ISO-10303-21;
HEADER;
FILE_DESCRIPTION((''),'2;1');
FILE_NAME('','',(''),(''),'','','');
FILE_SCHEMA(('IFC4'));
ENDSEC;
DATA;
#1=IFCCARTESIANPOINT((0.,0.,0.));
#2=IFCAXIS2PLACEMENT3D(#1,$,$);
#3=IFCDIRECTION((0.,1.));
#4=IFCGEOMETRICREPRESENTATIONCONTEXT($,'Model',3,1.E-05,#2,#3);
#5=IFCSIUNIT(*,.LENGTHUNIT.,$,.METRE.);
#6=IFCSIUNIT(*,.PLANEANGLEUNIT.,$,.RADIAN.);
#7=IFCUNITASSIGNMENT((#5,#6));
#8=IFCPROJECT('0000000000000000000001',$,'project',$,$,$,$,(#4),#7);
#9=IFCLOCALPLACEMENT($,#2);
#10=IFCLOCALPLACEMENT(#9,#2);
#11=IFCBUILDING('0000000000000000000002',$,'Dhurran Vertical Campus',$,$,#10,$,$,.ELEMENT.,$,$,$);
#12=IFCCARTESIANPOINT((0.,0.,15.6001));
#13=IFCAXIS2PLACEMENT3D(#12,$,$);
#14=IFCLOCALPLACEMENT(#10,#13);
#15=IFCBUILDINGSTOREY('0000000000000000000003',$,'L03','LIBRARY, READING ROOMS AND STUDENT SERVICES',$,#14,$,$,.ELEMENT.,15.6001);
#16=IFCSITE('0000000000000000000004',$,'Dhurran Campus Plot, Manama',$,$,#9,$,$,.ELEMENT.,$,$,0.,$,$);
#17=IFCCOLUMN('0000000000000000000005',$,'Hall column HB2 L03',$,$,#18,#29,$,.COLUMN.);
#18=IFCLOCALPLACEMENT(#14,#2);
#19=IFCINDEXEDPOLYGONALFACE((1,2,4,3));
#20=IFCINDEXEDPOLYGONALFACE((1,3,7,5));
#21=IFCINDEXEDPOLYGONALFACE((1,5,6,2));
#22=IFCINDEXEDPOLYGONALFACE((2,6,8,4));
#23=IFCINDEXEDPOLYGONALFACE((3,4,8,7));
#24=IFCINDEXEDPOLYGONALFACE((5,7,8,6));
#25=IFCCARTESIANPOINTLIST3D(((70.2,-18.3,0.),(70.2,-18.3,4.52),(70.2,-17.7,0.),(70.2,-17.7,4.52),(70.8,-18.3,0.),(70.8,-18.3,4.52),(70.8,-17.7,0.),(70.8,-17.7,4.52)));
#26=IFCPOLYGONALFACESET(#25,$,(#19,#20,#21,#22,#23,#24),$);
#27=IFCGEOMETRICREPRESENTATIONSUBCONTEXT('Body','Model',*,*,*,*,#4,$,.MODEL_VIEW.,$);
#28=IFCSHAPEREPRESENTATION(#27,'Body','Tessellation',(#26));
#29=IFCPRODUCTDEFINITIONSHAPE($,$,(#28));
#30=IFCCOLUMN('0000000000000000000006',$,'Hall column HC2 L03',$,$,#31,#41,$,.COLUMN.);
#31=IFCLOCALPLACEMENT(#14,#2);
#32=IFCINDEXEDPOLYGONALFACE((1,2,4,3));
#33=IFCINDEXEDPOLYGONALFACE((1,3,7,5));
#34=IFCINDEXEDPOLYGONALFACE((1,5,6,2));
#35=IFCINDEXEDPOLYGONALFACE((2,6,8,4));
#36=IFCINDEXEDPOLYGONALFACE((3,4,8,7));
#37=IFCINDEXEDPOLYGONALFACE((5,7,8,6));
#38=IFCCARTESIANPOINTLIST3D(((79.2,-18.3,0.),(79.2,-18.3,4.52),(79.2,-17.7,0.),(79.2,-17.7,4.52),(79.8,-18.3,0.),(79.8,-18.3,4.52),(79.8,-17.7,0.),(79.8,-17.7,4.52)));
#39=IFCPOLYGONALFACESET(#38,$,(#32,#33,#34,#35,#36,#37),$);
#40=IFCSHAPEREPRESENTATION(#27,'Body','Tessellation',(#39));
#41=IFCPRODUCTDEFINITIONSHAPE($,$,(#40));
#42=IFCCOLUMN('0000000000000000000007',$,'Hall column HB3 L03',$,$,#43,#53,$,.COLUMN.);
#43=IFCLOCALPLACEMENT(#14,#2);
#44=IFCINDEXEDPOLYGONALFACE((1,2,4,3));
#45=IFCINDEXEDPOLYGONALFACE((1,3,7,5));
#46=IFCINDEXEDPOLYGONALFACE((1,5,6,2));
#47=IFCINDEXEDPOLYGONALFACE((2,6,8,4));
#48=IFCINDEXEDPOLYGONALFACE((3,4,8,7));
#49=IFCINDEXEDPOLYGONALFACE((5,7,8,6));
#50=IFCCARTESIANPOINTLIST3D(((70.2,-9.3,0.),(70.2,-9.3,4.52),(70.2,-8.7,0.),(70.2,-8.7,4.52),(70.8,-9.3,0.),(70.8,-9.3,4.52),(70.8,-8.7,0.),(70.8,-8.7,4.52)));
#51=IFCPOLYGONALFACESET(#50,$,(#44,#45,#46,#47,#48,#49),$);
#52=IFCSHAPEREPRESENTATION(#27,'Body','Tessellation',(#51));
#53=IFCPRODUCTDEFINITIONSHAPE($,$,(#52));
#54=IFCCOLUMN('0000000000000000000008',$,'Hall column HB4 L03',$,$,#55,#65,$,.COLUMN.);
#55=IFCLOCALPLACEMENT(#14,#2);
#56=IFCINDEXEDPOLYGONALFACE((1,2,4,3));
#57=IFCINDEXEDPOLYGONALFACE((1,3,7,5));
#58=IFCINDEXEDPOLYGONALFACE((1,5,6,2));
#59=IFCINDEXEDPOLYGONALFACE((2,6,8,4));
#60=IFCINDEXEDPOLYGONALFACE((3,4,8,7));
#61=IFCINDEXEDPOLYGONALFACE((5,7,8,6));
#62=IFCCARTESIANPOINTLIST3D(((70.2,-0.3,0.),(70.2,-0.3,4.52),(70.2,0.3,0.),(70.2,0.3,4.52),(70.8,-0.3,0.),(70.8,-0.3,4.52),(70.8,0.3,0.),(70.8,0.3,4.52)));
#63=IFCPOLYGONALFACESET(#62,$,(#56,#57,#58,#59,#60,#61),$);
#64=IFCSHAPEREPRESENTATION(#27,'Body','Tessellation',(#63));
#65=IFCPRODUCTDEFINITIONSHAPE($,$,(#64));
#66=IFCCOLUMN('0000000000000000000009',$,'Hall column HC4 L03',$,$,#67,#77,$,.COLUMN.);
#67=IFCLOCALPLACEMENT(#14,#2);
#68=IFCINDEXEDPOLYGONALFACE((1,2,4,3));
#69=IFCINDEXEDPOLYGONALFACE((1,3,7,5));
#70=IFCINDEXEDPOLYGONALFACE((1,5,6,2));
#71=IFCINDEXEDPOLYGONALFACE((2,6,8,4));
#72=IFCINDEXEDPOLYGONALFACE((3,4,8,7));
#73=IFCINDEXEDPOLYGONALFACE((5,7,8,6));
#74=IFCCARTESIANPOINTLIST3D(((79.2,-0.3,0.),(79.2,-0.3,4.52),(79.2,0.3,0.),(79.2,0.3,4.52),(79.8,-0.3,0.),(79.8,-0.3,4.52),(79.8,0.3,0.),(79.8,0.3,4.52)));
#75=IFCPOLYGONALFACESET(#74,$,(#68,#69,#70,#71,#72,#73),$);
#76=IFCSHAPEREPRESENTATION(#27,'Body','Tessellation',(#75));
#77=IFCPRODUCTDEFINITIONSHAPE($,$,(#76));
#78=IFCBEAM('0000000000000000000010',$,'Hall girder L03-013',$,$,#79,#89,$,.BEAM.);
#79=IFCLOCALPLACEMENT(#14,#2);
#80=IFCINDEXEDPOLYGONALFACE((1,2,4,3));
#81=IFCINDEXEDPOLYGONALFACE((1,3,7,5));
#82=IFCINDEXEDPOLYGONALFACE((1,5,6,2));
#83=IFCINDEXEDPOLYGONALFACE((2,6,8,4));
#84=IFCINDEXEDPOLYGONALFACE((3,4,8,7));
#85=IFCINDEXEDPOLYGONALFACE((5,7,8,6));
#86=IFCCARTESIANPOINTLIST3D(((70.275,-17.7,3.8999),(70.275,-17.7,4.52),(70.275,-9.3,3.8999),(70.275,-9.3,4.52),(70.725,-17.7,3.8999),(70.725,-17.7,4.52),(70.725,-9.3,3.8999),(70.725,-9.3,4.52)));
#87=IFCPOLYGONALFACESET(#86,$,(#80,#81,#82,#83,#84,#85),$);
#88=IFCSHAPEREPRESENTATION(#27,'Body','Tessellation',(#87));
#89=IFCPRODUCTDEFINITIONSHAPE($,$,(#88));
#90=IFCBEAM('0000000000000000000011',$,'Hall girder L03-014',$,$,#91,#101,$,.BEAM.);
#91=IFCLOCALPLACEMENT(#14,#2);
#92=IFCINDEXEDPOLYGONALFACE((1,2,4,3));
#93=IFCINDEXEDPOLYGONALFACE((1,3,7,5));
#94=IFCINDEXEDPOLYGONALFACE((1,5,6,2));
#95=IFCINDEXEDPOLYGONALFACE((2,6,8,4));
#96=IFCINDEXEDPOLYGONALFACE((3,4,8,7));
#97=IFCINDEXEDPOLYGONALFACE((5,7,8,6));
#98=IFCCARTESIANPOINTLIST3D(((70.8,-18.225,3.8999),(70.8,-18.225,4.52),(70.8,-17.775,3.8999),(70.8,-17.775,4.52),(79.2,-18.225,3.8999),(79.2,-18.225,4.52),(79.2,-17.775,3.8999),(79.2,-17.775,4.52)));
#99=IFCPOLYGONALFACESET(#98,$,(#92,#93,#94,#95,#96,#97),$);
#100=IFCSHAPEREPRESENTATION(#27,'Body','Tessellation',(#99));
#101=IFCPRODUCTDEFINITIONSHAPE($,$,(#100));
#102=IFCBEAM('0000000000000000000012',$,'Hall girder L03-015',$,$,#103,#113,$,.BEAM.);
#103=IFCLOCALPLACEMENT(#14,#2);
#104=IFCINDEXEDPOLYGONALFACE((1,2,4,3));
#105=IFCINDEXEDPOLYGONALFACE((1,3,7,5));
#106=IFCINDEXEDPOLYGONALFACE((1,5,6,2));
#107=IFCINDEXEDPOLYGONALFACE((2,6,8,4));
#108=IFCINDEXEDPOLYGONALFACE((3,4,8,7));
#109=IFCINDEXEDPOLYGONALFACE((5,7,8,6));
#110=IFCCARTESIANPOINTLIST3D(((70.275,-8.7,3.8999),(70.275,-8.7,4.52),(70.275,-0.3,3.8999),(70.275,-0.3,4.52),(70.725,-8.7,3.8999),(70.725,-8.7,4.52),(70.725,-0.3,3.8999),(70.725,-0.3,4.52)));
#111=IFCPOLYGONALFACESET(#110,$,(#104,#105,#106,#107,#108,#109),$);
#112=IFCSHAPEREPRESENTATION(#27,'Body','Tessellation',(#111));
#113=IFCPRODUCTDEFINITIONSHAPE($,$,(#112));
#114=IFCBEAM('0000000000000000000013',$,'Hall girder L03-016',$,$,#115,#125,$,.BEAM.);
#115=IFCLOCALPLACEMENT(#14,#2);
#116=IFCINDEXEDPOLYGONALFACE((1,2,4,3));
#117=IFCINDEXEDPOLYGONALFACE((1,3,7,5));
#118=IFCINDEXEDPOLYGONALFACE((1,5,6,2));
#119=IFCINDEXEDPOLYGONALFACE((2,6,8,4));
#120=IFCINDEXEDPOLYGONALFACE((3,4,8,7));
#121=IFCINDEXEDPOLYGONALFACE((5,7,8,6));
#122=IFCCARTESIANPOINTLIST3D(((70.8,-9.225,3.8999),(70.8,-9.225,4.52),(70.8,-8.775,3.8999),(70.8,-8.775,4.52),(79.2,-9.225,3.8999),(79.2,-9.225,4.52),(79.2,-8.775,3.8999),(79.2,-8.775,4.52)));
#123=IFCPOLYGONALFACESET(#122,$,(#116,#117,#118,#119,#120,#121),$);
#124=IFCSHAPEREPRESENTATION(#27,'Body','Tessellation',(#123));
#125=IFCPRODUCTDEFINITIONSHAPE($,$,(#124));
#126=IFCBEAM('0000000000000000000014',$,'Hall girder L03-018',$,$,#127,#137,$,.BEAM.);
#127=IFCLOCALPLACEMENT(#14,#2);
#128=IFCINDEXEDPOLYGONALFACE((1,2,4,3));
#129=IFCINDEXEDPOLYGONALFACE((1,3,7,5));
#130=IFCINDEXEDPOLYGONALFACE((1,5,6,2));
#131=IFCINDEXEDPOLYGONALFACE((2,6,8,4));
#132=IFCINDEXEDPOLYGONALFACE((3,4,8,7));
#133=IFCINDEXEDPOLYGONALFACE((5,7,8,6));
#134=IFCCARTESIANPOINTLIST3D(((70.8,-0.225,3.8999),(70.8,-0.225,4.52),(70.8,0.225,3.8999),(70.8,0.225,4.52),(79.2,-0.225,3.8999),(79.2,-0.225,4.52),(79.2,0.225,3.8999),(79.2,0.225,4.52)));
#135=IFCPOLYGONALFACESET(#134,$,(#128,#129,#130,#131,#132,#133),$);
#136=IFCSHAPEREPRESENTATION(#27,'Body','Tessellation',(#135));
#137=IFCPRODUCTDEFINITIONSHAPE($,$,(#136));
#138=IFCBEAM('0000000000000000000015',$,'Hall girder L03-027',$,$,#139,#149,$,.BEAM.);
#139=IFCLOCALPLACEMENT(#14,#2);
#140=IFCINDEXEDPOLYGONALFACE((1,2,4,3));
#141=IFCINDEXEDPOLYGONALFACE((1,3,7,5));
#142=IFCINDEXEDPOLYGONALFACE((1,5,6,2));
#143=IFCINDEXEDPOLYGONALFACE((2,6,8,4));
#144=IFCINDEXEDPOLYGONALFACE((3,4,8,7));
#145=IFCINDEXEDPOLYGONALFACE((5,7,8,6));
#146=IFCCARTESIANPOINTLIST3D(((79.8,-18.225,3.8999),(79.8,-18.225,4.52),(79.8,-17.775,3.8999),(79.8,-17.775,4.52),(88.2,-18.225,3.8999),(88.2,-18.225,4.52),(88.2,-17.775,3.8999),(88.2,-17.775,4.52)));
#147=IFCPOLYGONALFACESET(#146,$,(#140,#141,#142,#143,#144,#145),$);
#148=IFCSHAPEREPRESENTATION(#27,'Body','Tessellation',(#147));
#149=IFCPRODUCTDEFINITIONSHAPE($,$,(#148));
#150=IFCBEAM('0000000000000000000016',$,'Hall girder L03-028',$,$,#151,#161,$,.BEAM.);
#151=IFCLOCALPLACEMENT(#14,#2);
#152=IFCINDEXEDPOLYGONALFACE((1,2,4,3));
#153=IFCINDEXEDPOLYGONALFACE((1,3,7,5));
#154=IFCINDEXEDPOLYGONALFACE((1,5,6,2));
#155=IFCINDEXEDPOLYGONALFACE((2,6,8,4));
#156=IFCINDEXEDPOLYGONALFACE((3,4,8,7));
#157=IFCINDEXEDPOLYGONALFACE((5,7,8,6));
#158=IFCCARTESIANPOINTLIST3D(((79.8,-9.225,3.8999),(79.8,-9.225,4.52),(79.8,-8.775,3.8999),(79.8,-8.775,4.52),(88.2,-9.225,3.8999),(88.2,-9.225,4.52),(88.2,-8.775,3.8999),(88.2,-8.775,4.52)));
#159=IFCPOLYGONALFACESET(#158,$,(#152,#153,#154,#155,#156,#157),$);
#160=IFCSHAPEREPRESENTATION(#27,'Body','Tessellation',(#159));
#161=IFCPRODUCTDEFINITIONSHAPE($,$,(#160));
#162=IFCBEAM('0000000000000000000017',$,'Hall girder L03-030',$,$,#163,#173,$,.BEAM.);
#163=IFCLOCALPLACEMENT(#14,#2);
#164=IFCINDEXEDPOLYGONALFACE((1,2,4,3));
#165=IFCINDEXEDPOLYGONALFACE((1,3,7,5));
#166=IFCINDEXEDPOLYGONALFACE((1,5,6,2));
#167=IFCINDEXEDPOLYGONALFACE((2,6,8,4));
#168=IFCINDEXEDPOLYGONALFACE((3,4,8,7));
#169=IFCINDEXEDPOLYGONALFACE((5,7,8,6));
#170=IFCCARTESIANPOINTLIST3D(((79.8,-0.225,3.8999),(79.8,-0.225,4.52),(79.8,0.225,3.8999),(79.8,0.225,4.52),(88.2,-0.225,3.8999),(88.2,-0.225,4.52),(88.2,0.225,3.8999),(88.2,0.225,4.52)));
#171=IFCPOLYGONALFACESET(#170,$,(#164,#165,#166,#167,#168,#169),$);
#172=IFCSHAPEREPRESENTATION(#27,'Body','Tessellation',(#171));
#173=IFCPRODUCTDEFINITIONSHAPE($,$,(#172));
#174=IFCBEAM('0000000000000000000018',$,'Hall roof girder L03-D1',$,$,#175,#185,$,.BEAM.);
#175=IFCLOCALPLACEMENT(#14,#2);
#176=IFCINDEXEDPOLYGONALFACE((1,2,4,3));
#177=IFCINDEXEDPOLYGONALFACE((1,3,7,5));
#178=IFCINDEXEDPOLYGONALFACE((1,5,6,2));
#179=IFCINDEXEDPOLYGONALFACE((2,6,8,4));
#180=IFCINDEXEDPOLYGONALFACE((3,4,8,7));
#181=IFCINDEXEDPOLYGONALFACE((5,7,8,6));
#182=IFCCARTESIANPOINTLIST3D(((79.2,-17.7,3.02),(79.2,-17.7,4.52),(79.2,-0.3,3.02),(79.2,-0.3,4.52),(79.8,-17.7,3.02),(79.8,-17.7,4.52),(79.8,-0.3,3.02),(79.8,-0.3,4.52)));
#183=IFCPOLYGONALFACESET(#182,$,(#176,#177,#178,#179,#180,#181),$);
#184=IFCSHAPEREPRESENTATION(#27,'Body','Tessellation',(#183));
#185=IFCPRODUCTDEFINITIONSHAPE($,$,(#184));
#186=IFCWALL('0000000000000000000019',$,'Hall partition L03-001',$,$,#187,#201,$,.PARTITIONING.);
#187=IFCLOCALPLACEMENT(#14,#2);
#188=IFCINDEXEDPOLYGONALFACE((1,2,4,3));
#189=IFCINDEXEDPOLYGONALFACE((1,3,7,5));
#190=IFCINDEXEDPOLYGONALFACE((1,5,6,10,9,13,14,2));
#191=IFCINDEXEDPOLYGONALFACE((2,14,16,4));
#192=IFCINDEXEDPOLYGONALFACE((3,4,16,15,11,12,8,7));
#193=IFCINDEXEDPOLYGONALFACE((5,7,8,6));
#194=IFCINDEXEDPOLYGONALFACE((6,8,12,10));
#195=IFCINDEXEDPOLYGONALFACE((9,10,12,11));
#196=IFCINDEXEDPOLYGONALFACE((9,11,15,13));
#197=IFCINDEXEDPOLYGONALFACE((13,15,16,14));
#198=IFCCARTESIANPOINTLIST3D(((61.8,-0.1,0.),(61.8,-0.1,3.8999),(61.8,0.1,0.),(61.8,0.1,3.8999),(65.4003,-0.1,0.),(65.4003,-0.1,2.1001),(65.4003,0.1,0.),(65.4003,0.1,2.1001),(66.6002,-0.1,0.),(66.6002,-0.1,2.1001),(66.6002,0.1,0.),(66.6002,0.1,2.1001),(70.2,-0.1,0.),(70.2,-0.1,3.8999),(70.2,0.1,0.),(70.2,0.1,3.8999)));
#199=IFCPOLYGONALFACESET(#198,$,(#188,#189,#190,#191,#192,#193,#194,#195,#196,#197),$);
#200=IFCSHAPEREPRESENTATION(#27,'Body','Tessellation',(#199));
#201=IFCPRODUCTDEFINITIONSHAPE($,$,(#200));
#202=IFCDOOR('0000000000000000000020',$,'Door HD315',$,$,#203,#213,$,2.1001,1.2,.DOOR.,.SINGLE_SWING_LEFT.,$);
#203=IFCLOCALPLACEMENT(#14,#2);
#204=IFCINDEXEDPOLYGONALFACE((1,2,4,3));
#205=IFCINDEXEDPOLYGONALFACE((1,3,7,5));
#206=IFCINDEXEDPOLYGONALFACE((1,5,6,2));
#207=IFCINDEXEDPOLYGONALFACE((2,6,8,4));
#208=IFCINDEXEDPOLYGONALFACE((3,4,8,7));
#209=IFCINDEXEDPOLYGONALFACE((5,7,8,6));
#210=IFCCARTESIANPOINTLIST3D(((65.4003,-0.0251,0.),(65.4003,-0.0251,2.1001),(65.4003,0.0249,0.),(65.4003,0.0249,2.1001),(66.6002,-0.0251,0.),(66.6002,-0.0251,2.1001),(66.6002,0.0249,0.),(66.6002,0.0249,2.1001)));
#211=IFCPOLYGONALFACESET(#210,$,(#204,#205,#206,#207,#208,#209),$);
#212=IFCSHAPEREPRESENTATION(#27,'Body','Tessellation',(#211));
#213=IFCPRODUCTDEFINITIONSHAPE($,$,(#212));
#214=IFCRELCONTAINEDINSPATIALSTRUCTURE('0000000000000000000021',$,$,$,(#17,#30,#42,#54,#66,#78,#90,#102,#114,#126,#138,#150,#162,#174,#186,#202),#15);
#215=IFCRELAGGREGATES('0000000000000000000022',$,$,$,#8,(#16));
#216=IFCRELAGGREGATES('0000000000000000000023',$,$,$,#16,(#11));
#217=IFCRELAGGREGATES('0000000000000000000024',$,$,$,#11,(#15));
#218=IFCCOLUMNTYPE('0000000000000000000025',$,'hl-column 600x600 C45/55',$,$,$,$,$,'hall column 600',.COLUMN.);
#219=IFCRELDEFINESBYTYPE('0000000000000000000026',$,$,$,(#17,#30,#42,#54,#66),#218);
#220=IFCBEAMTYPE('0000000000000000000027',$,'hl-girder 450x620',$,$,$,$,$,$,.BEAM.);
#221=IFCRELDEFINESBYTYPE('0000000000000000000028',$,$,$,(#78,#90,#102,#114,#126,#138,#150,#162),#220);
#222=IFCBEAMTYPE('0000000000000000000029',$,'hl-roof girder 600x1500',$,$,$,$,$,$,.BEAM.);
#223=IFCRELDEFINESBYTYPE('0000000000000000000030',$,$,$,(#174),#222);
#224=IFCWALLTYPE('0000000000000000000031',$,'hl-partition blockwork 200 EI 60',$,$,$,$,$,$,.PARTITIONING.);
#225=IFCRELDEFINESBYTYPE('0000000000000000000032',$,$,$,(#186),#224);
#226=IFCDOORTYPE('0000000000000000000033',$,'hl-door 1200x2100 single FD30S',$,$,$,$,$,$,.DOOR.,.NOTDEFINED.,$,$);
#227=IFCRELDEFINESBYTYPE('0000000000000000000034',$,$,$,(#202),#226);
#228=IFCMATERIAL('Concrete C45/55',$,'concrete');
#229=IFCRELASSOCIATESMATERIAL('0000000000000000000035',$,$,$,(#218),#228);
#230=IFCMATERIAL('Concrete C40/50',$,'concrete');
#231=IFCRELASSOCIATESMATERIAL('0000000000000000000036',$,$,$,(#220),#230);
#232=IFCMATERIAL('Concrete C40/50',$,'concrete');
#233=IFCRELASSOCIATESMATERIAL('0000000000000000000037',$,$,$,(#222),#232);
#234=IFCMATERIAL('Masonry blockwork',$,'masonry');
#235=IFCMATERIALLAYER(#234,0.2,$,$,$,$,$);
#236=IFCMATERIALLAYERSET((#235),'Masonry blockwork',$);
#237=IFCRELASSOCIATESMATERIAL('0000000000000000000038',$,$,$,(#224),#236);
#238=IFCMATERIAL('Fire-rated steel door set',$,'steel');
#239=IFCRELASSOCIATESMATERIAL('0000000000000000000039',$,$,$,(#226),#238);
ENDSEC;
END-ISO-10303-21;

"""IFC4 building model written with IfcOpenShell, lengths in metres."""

from ifc_helpers import new_model, si_unit, direction, frame, frame_2d, origin, origin_2d, place, context, subcontext, project, spatial, rectangle, extrude, material, layer, layer_set, material_profile, profile_set, type_object, element, fill, save


model = new_model("IFC4")

# Units and contexts
model_context = context("Model", 3, precision=1e-05, world=origin(), true_north=direction((0.0, 1.0)))
body_context = subcontext(model_context, "Body", "Model", "MODEL_VIEW")
ifc_project = project(units=[si_unit("LENGTHUNIT", "METRE"), si_unit("PLANEANGLEUNIT", "RADIAN")], contexts=[model_context])

# Site, building, storey
site_placement = place(None, origin())
site = spatial("IfcSite", under=ifc_project, at=site_placement, Name="Dhurran Campus Plot, Manama", CompositionType="ELEMENT", RefElevation=0.0)
building_placement = place(site_placement, origin())
building = spatial("IfcBuilding", under=site, at=building_placement, Name="Dhurran Vertical Campus", CompositionType="ELEMENT")
storey_placement = place(building_placement, frame((0.0, 0.0, 15.6001)))
storey = spatial("IfcBuildingStorey", under=building, at=storey_placement, Name="L03", Description="LIBRARY, READING ROOMS AND STUDENT SERVICES", CompositionType="ELEMENT", Elevation=15.6001)

# Columns
ifc_material_1 = material(Name="Concrete C45/55", Category="concrete")
ifc_material_profile_1 = material_profile(ifc_material_1, rectangle(XDim=0.6001, YDim=0.6001, at=origin_2d()), Name="hl-column 600x600 C45/55")
ifc_profile_set_1 = profile_set([ifc_material_profile_1], Name="Concrete C45/55")
column_type = type_object("IfcColumnType", Name="hl-column 600x600 C45/55", ElementType="hall column 600", PredefinedType="COLUMN", material=ifc_profile_set_1)
for number, where, z_axis, x_axis, name in (
    (1, (70.5, -18.0, 0.0), (0.0, 0.0, 1.0), (1.0, 0.0, 0.0), "Hall column HB2 L03"),
    (2, (79.5, -18.0, 0.0), (0.0, 0.0, 1.0), (1.0, 0.0, 0.0), "Hall column HC2 L03"),
    (3, (70.5, -9.0, 0.0), (0.0, 0.0, 1.0), (1.0, 0.0, 0.0), "Hall column HB3 L03"),
    (4, (70.5, 0.0, 0.0), (0.0, 0.0, 1.0), (1.0, 0.0, 0.0), "Hall column HB4 L03"),
    (5, (79.5, 0.0, 0.0), (0.0, 0.0, 1.0), (1.0, 0.0, 0.0), "Hall column HC4 L03"),
):
    element("IfcColumn", number, at=place(storey_placement, frame(where, z_axis=z_axis, x_axis=x_axis)), inside=storey, type_object=column_type, Name=name, PredefinedType="COLUMN", context=body_context, shape_type="SweptSolid", body=[
        extrude(rectangle(XDim=0.6001, YDim=0.6001, at=origin_2d()), origin(), (0.0, 0.0, 1.0), 4.52),
    ])

# Beams
ifc_material_2 = material(Name="Concrete C40/50", Category="concrete")
ifc_material_profile_2 = material_profile(ifc_material_2, rectangle(XDim=0.45, YDim=0.6201, at=origin_2d()), Name="hl-girder 450x620")
ifc_profile_set_2 = profile_set([ifc_material_profile_2], Name="Concrete C40/50")
beam_type_1 = type_object("IfcBeamType", Name="hl-girder 450x620", PredefinedType="BEAM", material=ifc_profile_set_2)
for number, where, z_axis, x_axis, name in (
    (6, (70.5, -17.7, 4.21), (0.0, 1.0, 0.0), (-1.0, 0.0, 0.0), "Hall girder L03-013"),
    (7, (70.8, -18.0, 4.21), (1.0, 0.0, 0.0), (0.0, 1.0, 0.0), "Hall girder L03-014"),
    (8, (70.5, -8.7, 4.21), (0.0, 1.0, 0.0), (-1.0, 0.0, 0.0), "Hall girder L03-015"),
    (9, (70.8, -9.0, 4.21), (1.0, 0.0, 0.0), (0.0, 1.0, 0.0), "Hall girder L03-016"),
    (10, (70.8, 0.0, 4.21), (1.0, 0.0, 0.0), (0.0, 1.0, 0.0), "Hall girder L03-018"),
    (11, (79.8, -18.0, 4.21), (1.0, 0.0, 0.0), (0.0, 1.0, 0.0), "Hall girder L03-027"),
    (12, (79.8, -9.0, 4.21), (1.0, 0.0, 0.0), (0.0, 1.0, 0.0), "Hall girder L03-028"),
    (13, (79.8, 0.0, 4.21), (1.0, 0.0, 0.0), (0.0, 1.0, 0.0), "Hall girder L03-030"),
):
    element("IfcBeam", number, at=place(storey_placement, frame(where, z_axis=z_axis, x_axis=x_axis)), inside=storey, type_object=beam_type_1, Name=name, PredefinedType="BEAM", context=body_context, shape_type="SweptSolid", body=[
        extrude(rectangle(XDim=0.45, YDim=0.6201, at=origin_2d()), origin(), (0.0, 0.0, 1.0), 8.3999),
    ])
ifc_material_3 = material(Name="Concrete C40/50", Category="concrete")
ifc_material_profile_3 = material_profile(ifc_material_3, rectangle(XDim=0.6001, YDim=1.5, at=origin_2d()), Name="hl-roof girder 600x1500")
ifc_profile_set_3 = profile_set([ifc_material_profile_3], Name="Concrete C40/50")
beam_type_2 = type_object("IfcBeamType", Name="hl-roof girder 600x1500", PredefinedType="BEAM", material=ifc_profile_set_3)
beam_placement = place(storey_placement, frame((79.5, -17.7, 3.77), z_axis=(0.0, 1.0, 0.0), x_axis=(-1.0, 0.0, 0.0)))
element("IfcBeam", 14, at=beam_placement, inside=storey, type_object=beam_type_2, Name="Hall roof girder L03-D1", PredefinedType="BEAM", context=body_context, shape_type="SweptSolid", body=[
    extrude(rectangle(XDim=0.6001, YDim=1.5, at=origin_2d()), origin(), (0.0, 0.0, 1.0), 17.3999),
])

# Wall, opening, door
ifc_material_4 = material(Name="Masonry blockwork", Category="masonry")
ifc_layer_1 = layer(ifc_material_4, 0.2)
ifc_layer_set_1 = layer_set([ifc_layer_1], Name="Masonry blockwork")
wall_type_1 = type_object("IfcWallType", Name="hl-partition blockwork 200 EI 60", PredefinedType="PARTITIONING", material=ifc_layer_set_1)
wall_1_placement = place(storey_placement, frame((61.8, 0.0, 0.0), z_axis=(0.0, 0.0, 1.0), x_axis=(1.0, 0.0, 0.0)))
wall_1 = element("IfcWall", 15, at=wall_1_placement, inside=storey, type_object=wall_type_1, Name="Hall partition L03-001", PredefinedType="PARTITIONING", context=body_context, shape_type="SweptSolid", body=[
    extrude(rectangle(XDim=8.3999, YDim=0.2, at=frame_2d((4.2, 0.0))), origin(), (0.0, 0.0, 1.0), 3.8999),
])
opening_1_placement = place(wall_1_placement, frame((3.6001, 0.0, 0.0)))
opening_1 = element("IfcOpeningElement", 16, at=opening_1_placement, cuts=wall_1, PredefinedType="OPENING", context=body_context, shape_type="SweptSolid", body=[
    extrude(rectangle(XDim=1.2, YDim=2.1001, at=frame_2d((0.6001, 1.05))), frame((0.0, 0.1099, 0.0), z_axis=(0.0, -1.0, 0.0), x_axis=(1.0, 0.0, 0.0)), (0.0, 0.0, 1.0), 0.22),
])
ifc_material_5 = material(Name="Fire-rated steel door set", Category="steel")
door_type_1 = type_object("IfcDoorType", Name="hl-door 1200x2100 single FD30S", OperationType="NOTDEFINED", PredefinedType="DOOR", material=ifc_material_5)
door_1_placement = place(opening_1_placement, origin())
door_1 = element("IfcDoor", 17, at=door_1_placement, inside=storey, type_object=door_type_1, Name="Door HD315", OperationType="SINGLE_SWING_LEFT", OverallHeight=2.1001, OverallWidth=1.2, PredefinedType="DOOR", context=body_context, shape_type="SweptSolid", body=[
    extrude(rectangle(XDim=1.2, YDim=2.1001, at=frame_2d((0.6001, 1.05))), frame((0.0, 0.0249, 0.0), z_axis=(0.0, -1.0, 0.0), x_axis=(1.0, 0.0, 0.0)), (0.0, 0.0, 1.0), 0.05),
])
fill(opening_1, door_1)

save(model, "model.ifc")
